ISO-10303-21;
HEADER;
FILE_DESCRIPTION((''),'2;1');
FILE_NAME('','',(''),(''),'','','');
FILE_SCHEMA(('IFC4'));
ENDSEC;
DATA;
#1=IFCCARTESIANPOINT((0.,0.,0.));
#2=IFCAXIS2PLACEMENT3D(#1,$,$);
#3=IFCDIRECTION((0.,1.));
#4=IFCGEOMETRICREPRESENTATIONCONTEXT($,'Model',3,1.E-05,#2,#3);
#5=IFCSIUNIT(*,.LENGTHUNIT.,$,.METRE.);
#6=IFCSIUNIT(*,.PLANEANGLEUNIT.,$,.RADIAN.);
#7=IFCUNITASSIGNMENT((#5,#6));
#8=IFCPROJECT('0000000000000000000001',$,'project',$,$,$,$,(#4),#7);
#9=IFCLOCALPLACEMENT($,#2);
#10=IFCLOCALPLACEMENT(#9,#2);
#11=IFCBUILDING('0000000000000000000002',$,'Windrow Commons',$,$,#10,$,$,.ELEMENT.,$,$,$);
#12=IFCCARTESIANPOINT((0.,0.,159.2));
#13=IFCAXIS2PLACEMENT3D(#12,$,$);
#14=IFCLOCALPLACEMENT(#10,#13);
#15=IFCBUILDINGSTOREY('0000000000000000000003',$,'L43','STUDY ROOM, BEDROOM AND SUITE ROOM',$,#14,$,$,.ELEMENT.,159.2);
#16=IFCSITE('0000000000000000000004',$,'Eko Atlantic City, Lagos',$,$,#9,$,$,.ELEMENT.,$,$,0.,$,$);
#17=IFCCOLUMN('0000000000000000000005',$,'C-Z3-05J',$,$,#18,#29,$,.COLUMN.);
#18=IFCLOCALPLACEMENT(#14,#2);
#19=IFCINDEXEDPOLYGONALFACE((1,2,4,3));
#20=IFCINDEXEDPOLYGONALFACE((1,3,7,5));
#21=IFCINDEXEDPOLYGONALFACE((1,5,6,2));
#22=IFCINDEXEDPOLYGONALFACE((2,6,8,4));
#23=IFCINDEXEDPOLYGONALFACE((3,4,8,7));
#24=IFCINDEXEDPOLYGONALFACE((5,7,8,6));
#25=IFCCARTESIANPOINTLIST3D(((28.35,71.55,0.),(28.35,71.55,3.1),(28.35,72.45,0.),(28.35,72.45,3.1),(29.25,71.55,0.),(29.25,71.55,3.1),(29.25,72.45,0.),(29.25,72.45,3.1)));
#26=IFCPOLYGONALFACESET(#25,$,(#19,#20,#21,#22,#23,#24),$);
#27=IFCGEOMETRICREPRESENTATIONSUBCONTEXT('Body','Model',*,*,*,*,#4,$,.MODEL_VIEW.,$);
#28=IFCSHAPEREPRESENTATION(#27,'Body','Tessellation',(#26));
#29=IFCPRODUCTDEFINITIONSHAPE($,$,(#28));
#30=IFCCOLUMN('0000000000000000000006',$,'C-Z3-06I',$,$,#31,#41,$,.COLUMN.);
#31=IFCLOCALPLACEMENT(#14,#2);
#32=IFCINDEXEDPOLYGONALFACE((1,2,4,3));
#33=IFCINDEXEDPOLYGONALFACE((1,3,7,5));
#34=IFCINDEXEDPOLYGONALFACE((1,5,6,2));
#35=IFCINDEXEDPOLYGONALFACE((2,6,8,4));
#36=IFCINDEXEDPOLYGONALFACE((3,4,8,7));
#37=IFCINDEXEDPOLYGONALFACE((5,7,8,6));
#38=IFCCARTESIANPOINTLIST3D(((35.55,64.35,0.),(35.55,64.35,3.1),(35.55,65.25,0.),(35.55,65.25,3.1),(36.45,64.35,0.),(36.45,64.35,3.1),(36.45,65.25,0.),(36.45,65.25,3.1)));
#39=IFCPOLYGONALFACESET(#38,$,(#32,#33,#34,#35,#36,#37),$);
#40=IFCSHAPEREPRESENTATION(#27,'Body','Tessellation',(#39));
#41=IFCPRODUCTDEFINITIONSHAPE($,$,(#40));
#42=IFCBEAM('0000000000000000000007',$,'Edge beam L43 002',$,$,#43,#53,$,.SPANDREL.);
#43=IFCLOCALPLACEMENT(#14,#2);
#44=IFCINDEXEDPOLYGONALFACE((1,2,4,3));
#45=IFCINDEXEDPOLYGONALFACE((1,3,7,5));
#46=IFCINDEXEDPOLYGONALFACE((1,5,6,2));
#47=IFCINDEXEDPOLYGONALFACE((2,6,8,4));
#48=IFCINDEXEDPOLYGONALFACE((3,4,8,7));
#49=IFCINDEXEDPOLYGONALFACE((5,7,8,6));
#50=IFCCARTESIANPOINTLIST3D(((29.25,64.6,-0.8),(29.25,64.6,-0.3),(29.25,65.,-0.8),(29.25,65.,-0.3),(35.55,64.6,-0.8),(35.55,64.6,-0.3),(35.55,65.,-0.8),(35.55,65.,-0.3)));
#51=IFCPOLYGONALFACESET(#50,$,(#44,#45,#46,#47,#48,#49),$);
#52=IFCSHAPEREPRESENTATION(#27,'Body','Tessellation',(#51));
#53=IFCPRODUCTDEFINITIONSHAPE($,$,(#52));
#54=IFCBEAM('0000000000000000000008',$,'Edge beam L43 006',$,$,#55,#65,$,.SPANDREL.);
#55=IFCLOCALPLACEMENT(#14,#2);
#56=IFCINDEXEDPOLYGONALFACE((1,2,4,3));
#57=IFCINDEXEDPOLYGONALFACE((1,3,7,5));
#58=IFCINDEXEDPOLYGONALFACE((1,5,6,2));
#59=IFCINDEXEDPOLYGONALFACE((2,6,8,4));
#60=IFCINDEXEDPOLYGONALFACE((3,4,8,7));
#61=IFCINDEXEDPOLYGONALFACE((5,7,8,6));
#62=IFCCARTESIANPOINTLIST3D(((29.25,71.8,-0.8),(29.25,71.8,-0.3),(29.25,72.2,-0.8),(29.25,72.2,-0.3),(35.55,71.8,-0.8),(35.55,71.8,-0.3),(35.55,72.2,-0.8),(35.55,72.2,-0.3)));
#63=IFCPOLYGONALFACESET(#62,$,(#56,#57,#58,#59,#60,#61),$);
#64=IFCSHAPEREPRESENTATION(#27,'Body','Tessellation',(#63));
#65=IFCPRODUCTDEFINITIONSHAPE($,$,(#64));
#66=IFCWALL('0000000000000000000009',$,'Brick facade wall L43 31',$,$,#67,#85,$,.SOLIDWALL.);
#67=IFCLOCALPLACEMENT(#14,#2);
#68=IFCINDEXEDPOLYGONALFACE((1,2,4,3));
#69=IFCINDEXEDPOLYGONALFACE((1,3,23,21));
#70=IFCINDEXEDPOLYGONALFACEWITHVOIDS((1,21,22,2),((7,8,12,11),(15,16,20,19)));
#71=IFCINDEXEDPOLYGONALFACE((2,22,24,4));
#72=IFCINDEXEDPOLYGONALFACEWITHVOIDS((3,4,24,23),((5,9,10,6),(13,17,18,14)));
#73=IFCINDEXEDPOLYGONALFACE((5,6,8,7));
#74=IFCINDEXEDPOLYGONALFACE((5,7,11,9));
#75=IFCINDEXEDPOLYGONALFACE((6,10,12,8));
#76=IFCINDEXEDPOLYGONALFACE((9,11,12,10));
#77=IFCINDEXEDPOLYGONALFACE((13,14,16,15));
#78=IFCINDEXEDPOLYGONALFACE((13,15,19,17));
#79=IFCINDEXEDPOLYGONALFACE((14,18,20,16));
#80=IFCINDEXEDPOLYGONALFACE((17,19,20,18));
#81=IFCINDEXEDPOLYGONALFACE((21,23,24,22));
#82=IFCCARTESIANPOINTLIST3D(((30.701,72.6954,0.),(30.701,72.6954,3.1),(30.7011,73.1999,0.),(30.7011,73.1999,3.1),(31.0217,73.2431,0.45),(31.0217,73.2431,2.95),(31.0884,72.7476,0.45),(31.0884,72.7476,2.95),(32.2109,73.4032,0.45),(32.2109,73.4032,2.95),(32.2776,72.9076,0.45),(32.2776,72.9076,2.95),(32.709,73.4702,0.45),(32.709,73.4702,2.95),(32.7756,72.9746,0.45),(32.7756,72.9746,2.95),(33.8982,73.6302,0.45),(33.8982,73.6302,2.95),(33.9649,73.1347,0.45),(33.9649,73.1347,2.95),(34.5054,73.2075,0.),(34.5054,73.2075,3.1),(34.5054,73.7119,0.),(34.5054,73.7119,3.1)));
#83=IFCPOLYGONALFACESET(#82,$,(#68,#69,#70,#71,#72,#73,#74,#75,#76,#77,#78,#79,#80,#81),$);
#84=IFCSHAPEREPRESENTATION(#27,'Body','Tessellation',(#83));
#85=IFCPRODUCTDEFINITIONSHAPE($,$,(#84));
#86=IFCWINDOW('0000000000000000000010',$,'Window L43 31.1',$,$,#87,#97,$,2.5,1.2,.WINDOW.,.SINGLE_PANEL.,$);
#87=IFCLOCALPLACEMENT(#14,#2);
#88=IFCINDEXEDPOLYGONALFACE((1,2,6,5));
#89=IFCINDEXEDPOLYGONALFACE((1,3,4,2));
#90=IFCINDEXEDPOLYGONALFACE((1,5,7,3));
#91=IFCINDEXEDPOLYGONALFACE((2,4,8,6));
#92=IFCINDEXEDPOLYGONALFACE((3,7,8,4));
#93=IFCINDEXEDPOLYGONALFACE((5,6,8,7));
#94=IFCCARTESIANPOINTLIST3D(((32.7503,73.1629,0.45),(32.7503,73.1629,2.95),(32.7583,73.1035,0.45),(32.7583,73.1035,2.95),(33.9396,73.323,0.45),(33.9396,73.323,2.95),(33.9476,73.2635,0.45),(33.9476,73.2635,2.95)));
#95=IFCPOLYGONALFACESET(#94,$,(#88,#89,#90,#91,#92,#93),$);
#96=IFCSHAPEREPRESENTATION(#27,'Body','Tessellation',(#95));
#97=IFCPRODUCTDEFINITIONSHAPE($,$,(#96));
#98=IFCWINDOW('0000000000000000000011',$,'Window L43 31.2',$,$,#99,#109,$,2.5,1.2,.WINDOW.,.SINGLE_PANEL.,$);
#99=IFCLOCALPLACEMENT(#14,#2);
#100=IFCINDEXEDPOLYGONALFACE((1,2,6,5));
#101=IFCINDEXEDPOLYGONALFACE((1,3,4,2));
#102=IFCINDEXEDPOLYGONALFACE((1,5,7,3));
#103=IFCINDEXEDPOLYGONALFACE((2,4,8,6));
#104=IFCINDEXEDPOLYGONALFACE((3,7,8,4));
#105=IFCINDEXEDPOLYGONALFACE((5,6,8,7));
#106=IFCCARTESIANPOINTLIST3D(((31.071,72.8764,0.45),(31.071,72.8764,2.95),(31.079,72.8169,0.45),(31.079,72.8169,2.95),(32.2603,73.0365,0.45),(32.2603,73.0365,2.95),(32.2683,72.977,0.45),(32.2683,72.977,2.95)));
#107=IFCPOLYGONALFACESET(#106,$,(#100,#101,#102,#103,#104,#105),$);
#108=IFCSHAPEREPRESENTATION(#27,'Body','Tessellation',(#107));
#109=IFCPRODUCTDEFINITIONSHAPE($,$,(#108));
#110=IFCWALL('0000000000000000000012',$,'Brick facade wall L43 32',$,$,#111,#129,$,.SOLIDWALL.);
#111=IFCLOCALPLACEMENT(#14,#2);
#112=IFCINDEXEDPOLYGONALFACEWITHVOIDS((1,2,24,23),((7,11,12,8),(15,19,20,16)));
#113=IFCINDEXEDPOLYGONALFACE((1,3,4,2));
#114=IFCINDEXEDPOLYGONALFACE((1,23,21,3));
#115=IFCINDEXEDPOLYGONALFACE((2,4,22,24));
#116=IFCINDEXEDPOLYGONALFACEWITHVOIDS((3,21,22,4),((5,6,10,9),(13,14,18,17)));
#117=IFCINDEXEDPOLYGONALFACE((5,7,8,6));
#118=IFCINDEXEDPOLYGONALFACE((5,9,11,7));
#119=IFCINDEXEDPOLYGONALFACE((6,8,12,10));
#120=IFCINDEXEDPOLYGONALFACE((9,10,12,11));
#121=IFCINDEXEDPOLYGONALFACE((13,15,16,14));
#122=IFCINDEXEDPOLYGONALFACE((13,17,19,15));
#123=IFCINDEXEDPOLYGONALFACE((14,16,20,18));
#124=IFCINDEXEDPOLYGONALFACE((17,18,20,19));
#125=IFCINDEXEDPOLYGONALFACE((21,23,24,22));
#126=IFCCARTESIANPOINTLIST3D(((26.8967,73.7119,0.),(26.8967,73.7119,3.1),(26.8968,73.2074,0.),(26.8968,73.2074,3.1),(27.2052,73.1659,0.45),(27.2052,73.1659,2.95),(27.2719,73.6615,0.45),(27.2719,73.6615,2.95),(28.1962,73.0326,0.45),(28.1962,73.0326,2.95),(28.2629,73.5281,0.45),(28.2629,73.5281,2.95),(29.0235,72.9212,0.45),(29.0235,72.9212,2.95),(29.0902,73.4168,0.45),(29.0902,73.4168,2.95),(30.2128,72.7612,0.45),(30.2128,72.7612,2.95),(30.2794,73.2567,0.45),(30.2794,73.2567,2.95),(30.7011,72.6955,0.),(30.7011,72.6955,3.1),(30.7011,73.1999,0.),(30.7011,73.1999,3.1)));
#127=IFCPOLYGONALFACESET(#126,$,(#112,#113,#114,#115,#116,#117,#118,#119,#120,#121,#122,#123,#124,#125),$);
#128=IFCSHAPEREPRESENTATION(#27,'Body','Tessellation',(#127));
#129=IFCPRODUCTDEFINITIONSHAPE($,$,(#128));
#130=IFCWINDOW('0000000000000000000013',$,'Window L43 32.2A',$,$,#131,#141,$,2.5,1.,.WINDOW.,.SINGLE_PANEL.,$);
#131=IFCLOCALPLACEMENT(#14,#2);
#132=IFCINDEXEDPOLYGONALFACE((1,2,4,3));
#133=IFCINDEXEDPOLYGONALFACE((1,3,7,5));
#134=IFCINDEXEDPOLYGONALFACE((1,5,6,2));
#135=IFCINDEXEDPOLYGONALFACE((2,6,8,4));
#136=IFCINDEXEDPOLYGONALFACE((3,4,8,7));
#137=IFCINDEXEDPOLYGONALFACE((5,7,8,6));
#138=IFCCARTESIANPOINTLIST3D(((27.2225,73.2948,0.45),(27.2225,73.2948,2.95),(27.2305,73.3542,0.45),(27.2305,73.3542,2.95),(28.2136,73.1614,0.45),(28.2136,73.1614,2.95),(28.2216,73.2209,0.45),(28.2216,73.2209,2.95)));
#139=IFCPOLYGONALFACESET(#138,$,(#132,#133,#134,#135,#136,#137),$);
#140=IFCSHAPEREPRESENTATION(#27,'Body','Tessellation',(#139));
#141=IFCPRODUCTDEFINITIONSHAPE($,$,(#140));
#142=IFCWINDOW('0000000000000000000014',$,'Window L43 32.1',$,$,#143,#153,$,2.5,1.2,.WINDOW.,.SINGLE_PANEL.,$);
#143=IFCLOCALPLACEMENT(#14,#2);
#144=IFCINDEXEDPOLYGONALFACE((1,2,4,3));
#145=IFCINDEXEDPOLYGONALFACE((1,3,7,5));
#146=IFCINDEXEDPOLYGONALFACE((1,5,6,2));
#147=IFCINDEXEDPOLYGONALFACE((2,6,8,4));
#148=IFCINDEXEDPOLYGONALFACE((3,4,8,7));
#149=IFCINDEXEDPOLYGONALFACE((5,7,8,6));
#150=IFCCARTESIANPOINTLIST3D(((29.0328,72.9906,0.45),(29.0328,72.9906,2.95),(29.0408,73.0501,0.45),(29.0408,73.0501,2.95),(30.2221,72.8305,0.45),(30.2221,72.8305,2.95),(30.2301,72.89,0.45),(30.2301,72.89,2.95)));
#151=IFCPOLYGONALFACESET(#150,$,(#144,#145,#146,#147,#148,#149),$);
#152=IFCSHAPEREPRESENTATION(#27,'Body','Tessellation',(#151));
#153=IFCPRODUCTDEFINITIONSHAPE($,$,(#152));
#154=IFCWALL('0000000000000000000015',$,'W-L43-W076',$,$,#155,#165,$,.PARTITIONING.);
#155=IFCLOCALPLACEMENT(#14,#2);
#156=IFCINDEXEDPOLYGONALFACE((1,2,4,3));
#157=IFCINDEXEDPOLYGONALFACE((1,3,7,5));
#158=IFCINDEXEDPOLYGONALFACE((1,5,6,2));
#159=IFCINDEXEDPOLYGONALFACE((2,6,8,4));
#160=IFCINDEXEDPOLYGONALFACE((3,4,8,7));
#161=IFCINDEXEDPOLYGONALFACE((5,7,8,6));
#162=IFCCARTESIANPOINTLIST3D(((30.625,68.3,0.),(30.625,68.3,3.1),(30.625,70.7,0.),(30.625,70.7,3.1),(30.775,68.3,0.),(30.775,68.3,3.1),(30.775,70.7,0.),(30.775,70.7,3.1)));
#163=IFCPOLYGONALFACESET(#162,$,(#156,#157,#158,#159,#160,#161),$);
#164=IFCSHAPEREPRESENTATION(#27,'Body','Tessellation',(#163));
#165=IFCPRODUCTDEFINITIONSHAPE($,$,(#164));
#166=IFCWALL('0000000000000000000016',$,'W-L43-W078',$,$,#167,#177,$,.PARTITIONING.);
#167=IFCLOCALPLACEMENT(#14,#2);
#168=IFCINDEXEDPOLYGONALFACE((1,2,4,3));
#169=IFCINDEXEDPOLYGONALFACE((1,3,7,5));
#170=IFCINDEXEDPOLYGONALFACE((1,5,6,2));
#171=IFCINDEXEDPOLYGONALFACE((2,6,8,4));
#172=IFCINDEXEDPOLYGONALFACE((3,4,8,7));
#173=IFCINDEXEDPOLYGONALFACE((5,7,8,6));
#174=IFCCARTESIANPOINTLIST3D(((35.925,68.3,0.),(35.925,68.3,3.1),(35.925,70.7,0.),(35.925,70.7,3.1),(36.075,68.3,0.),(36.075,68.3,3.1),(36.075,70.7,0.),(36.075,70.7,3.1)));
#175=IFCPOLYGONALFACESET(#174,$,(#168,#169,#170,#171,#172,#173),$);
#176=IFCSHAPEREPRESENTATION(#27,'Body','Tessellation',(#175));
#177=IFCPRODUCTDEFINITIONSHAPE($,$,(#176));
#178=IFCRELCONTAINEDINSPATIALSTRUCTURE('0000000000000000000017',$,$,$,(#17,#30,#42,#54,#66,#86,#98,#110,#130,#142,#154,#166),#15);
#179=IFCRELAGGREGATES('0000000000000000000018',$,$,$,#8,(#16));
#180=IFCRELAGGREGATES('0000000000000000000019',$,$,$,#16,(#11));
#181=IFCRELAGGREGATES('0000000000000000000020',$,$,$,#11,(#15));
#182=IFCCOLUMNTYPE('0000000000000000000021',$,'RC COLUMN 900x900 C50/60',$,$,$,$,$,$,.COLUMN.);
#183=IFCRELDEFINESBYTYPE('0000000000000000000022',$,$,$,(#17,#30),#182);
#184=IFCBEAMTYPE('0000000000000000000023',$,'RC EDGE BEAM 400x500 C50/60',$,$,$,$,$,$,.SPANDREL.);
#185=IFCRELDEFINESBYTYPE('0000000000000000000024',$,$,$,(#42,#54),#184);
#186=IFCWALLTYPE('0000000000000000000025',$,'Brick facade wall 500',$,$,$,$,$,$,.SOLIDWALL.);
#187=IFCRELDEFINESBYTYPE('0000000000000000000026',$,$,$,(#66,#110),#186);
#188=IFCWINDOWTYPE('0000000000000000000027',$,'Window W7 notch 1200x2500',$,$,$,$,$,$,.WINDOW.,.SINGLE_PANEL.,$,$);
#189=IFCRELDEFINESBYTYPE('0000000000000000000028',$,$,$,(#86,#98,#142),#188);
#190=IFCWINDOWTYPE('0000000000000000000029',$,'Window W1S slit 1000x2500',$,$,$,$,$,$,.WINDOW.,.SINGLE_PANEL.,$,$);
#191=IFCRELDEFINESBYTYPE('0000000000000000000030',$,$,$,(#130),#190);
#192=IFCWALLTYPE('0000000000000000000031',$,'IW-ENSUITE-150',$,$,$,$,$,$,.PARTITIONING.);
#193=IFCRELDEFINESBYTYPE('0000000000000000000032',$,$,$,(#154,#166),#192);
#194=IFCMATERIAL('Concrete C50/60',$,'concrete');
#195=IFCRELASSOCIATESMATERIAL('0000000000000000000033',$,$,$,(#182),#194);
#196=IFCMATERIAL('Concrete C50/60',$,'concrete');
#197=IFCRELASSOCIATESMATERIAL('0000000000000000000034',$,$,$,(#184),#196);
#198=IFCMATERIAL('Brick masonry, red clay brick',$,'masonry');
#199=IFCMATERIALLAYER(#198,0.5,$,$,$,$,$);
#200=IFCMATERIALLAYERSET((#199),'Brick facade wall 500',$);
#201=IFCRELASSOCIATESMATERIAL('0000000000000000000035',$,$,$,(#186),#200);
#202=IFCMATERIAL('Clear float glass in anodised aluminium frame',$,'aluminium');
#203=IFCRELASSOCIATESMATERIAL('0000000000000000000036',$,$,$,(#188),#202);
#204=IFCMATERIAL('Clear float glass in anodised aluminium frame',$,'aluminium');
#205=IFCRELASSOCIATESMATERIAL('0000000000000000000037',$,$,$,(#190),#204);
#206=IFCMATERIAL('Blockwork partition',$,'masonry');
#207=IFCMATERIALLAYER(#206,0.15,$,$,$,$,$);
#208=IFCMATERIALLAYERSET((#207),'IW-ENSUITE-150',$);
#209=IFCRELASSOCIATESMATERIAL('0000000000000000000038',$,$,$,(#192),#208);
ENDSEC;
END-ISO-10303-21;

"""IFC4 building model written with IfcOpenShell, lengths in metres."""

from ifc_helpers import new_model, si_unit, direction, frame, frame_2d, origin, origin_2d, place, context, subcontext, project, spatial, polyline, rectangle, outline, extrude, material, layer, layer_set, material_profile, profile_set, type_object, element, fill, save


model = new_model("IFC4")

# Units and contexts
model_context = context("Model", 3, precision=1e-05, world=origin(), true_north=direction((0.0, 1.0)))
body_context = subcontext(model_context, "Body", "Model", "MODEL_VIEW")
ifc_project = project(units=[si_unit("LENGTHUNIT", "METRE"), si_unit("PLANEANGLEUNIT", "RADIAN")], contexts=[model_context])

# Site, building, storey
site_placement = place(None, origin())
site = spatial("IfcSite", under=ifc_project, at=site_placement, Name="Eko Atlantic City, Lagos", CompositionType="ELEMENT", RefElevation=0.0)
building_placement = place(site_placement, origin())
building = spatial("IfcBuilding", under=site, at=building_placement, Name="Windrow Commons", CompositionType="ELEMENT")
storey_placement = place(building_placement, frame((0.0, 0.0, 159.2)))
storey = spatial("IfcBuildingStorey", under=building, at=storey_placement, Name="L43", Description="STUDY ROOM, BEDROOM AND SUITE ROOM", CompositionType="ELEMENT", Elevation=159.2)

# Columns
ifc_material_1 = material(Name="Concrete C50/60", Category="concrete")
ifc_material_profile_1 = material_profile(ifc_material_1, rectangle(XDim=0.9, YDim=0.9, at=origin_2d()))
ifc_profile_set_1 = profile_set([ifc_material_profile_1], Name="Concrete C50/60")
column_type = type_object("IfcColumnType", Name="RC COLUMN 900x900 C50/60", PredefinedType="COLUMN", material=ifc_profile_set_1)
for number, where, z_axis, x_axis, name in (
    (1, (28.8, 72.0, 0.0), (0.0, 0.0, 1.0), (1.0, 0.0, 0.0), "C-Z3-05J"),
    (2, (36.0, 64.8, 0.0), (0.0, 0.0, 1.0), (1.0, 0.0, 0.0), "C-Z3-06I"),
):
    element("IfcColumn", number, at=place(storey_placement, frame(where, z_axis=z_axis, x_axis=x_axis)), inside=storey, type_object=column_type, Name=name, PredefinedType="COLUMN", context=body_context, shape_type="SweptSolid", body=[
        extrude(rectangle(XDim=0.9, YDim=0.9, at=origin_2d()), origin(), (0.0, 0.0, 1.0), 3.1),
    ])

# Beams
ifc_material_2 = material(Name="Concrete C50/60", Category="concrete")
ifc_material_profile_2 = material_profile(ifc_material_2, rectangle(XDim=0.4, YDim=0.5, at=origin_2d()))
ifc_profile_set_2 = profile_set([ifc_material_profile_2], Name="Concrete C50/60")
beam_type = type_object("IfcBeamType", Name="RC EDGE BEAM 400x500 C50/60", PredefinedType="SPANDREL", material=ifc_profile_set_2)
for number, where, z_axis, x_axis, name in (
    (3, (35.55, 64.8, -0.55), (-1.0, 0.0, 0.0), (0.0, -1.0, 0.0), "Edge beam L43 002"),
    (4, (29.25, 72.0, -0.55), (1.0, 0.0, 0.0), (0.0, 1.0, 0.0), "Edge beam L43 006"),
):
    element("IfcBeam", number, at=place(storey_placement, frame(where, z_axis=z_axis, x_axis=x_axis)), inside=storey, type_object=beam_type, Name=name, PredefinedType="SPANDREL", context=body_context, shape_type="SweptSolid", body=[
        extrude(rectangle(XDim=0.4, YDim=0.5, at=origin_2d()), origin(), (0.0, 0.0, 1.0), 6.3),
    ])

# Walls, openings, windows
ifc_material_3 = material(Name="Brick masonry, red clay brick", Category="masonry")
ifc_layer_1 = layer(ifc_material_3, 0.5)
ifc_layer_set_1 = layer_set([ifc_layer_1], Name="Brick facade wall 500")
wall_type_1 = type_object("IfcWallType", Name="Brick facade wall 500", PredefinedType="SOLIDWALL", material=ifc_layer_set_1)
wall_1_placement = place(storey_placement, frame((34.5054, 73.4597, 0.0), z_axis=(0.0, 0.0, 1.0), x_axis=(-0.991065, -0.133382, 0.0)))
wall_1 = element("IfcWall", 5, at=wall_1_placement, inside=storey, type_object=wall_type_1, Name="Brick facade wall L43 31", PredefinedType="SOLIDWALL", context=body_context, shape_type="SweptSolid", body=[
    extrude(outline(polyline([(-0.0336, -0.25), (3.805, -0.25), (3.8723, 0.25), (0.0336, 0.25), (-0.0336, -0.25)])), origin(), (0.0, 0.0, 1.0), 3.1),
])
opening_1_placement = place(wall_1_placement, frame((0.579, 0.0, 0.45)))
opening_1 = element("IfcOpeningElement", 6, at=opening_1_placement, cuts=wall_1, PredefinedType="OPENING", context=body_context, shape_type="SweptSolid", body=[
    extrude(rectangle(XDim=1.2, YDim=2.5, at=frame_2d((0.6, 1.25))), frame((0.0, 0.26, 0.0), z_axis=(0.0, -1.0, 0.0), x_axis=(1.0, 0.0, 0.0)), (0.0, 0.0, 1.0), 0.52),
])
opening_2_placement = place(wall_1_placement, frame((2.2815, 0.0, 0.45)))
opening_2 = element("IfcOpeningElement", 7, at=opening_2_placement, cuts=wall_1, PredefinedType="OPENING", context=body_context, shape_type="SweptSolid", body=[
    extrude(rectangle(XDim=1.2, YDim=2.5, at=frame_2d((0.6, 1.25))), frame((0.0, 0.26, 0.0), z_axis=(0.0, -1.0, 0.0), x_axis=(1.0, 0.0, 0.0)), (0.0, 0.0, 1.0), 0.52),
])
ifc_material_4 = material(Name="Clear float glass in anodised aluminium frame", Category="aluminium")
window_type_1 = type_object("IfcWindowType", Name="Window W7 notch 1200x2500", PartitioningType="SINGLE_PANEL", PredefinedType="WINDOW", material=ifc_material_4)
window_1_placement = place(opening_1_placement, origin())
window_1 = element("IfcWindow", 8, at=window_1_placement, inside=storey, type_object=window_type_1, Name="Window L43 31.1", OverallHeight=2.5, OverallWidth=1.2, PartitioningType="SINGLE_PANEL", PredefinedType="WINDOW", context=body_context, shape_type="SweptSolid", body=[
    extrude(rectangle(XDim=1.2, YDim=2.5, at=frame_2d((0.6, 1.25))), frame((0.0, 0.12, 0.0), z_axis=(0.0, -1.0, 0.0), x_axis=(1.0, 0.0, 0.0)), (0.0, 0.0, 1.0), 0.06),
])
fill(opening_1, window_1)
window_2_placement = place(opening_2_placement, origin())
window_2 = element("IfcWindow", 9, at=window_2_placement, inside=storey, type_object=window_type_1, Name="Window L43 31.2", OverallHeight=2.5, OverallWidth=1.2, PartitioningType="SINGLE_PANEL", PredefinedType="WINDOW", context=body_context, shape_type="SweptSolid", body=[
    extrude(rectangle(XDim=1.2, YDim=2.5, at=frame_2d((0.6, 1.25))), frame((0.0, 0.18, 0.0), z_axis=(0.0, -1.0, 0.0), x_axis=(1.0, 0.0, 0.0)), (0.0, 0.0, 1.0), 0.06),
])
fill(opening_2, window_2)
wall_2_placement = place(storey_placement, frame((30.7011, 72.9477, 0.0), z_axis=(0.0, 0.0, 1.0), x_axis=(-0.991065, 0.133379, 0.0)))
wall_2 = element("IfcWall", 10, at=wall_2_placement, inside=storey, type_object=wall_type_1, Name="Brick facade wall L43 32", PredefinedType="SOLIDWALL", context=body_context, shape_type="SweptSolid", body=[
    extrude(outline(polyline([(0.0336, -0.25), (3.8723, -0.25), (3.805, 0.25), (-0.0336, 0.25), (0.0336, -0.25)])), origin(), (0.0, 0.0, 1.0), 3.1),
])
opening_3_placement = place(wall_2_placement, frame((0.4591, 0.0, 0.45)))
opening_3 = element("IfcOpeningElement", 11, at=opening_3_placement, cuts=wall_2, PredefinedType="OPENING", context=body_context, shape_type="SweptSolid", body=[
    extrude(rectangle(XDim=1.2, YDim=2.5, at=frame_2d((0.6, 1.25))), frame((0.0, 0.26, 0.0), z_axis=(0.0, -1.0, 0.0), x_axis=(1.0, 0.0, 0.0)), (0.0, 0.0, 1.0), 0.52),
])
opening_4_placement = place(wall_2_placement, frame((2.4938, 0.0, 0.45)))
opening_4 = element("IfcOpeningElement", 12, at=opening_4_placement, cuts=wall_2, PredefinedType="OPENING", context=body_context, shape_type="SweptSolid", body=[
    extrude(rectangle(XDim=1.0, YDim=2.5, at=frame_2d((0.5, 1.25))), frame((0.0, 0.26, 0.0), z_axis=(0.0, -1.0, 0.0), x_axis=(1.0, 0.0, 0.0)), (0.0, 0.0, 1.0), 0.52),
])
ifc_material_5 = material(Name="Clear float glass in anodised aluminium frame", Category="aluminium")
window_type_2 = type_object("IfcWindowType", Name="Window W1S slit 1000x2500", PartitioningType="SINGLE_PANEL", PredefinedType="WINDOW", material=ifc_material_5)
window_3_placement = place(opening_4_placement, origin())
window_3 = element("IfcWindow", 13, at=window_3_placement, inside=storey, type_object=window_type_2, Name="Window L43 32.2A", OverallHeight=2.5, OverallWidth=1.0, PartitioningType="SINGLE_PANEL", PredefinedType="WINDOW", context=body_context, shape_type="SweptSolid", body=[
    extrude(rectangle(XDim=1.0, YDim=2.5, at=frame_2d((0.5, 1.25))), frame((0.0, 0.12, 0.0), z_axis=(0.0, -1.0, 0.0), x_axis=(1.0, 0.0, 0.0)), (0.0, 0.0, 1.0), 0.06),
])
fill(opening_4, window_3)
window_4_placement = place(opening_3_placement, origin())
window_4 = element("IfcWindow", 14, at=window_4_placement, inside=storey, type_object=window_type_1, Name="Window L43 32.1", OverallHeight=2.5, OverallWidth=1.2, PartitioningType="SINGLE_PANEL", PredefinedType="WINDOW", context=body_context, shape_type="SweptSolid", body=[
    extrude(rectangle(XDim=1.2, YDim=2.5, at=frame_2d((0.6, 1.25))), frame((0.0, 0.18, 0.0), z_axis=(0.0, -1.0, 0.0), x_axis=(1.0, 0.0, 0.0)), (0.0, 0.0, 1.0), 0.06),
])
fill(opening_3, window_4)

# Walls
ifc_material_6 = material(Name="Blockwork partition", Category="masonry")
ifc_layer_2 = layer(ifc_material_6, 0.15)
ifc_layer_set_2 = layer_set([ifc_layer_2], Name="IW-ENSUITE-150")
wall_type_2 = type_object("IfcWallType", Name="IW-ENSUITE-150", PredefinedType="PARTITIONING", material=ifc_layer_set_2)
for number, where, z_axis, x_axis, name in (
    (15, (30.7, 68.3, 0.0), (0.0, 0.0, 1.0), (0.0, 1.0, 0.0), "W-L43-W076"),
    (16, (36.0, 68.3, 0.0), (0.0, 0.0, 1.0), (0.0, 1.0, 0.0), "W-L43-W078"),
):
    element("IfcWall", number, at=place(storey_placement, frame(where, z_axis=z_axis, x_axis=x_axis)), inside=storey, type_object=wall_type_2, Name=name, PredefinedType="PARTITIONING", context=body_context, shape_type="SweptSolid", body=[
        extrude(rectangle(XDim=2.4, YDim=0.15, at=frame_2d((1.2, 0.0))), origin(), (0.0, 0.0, 1.0), 3.1),
    ])

save(model, "model.ifc")
